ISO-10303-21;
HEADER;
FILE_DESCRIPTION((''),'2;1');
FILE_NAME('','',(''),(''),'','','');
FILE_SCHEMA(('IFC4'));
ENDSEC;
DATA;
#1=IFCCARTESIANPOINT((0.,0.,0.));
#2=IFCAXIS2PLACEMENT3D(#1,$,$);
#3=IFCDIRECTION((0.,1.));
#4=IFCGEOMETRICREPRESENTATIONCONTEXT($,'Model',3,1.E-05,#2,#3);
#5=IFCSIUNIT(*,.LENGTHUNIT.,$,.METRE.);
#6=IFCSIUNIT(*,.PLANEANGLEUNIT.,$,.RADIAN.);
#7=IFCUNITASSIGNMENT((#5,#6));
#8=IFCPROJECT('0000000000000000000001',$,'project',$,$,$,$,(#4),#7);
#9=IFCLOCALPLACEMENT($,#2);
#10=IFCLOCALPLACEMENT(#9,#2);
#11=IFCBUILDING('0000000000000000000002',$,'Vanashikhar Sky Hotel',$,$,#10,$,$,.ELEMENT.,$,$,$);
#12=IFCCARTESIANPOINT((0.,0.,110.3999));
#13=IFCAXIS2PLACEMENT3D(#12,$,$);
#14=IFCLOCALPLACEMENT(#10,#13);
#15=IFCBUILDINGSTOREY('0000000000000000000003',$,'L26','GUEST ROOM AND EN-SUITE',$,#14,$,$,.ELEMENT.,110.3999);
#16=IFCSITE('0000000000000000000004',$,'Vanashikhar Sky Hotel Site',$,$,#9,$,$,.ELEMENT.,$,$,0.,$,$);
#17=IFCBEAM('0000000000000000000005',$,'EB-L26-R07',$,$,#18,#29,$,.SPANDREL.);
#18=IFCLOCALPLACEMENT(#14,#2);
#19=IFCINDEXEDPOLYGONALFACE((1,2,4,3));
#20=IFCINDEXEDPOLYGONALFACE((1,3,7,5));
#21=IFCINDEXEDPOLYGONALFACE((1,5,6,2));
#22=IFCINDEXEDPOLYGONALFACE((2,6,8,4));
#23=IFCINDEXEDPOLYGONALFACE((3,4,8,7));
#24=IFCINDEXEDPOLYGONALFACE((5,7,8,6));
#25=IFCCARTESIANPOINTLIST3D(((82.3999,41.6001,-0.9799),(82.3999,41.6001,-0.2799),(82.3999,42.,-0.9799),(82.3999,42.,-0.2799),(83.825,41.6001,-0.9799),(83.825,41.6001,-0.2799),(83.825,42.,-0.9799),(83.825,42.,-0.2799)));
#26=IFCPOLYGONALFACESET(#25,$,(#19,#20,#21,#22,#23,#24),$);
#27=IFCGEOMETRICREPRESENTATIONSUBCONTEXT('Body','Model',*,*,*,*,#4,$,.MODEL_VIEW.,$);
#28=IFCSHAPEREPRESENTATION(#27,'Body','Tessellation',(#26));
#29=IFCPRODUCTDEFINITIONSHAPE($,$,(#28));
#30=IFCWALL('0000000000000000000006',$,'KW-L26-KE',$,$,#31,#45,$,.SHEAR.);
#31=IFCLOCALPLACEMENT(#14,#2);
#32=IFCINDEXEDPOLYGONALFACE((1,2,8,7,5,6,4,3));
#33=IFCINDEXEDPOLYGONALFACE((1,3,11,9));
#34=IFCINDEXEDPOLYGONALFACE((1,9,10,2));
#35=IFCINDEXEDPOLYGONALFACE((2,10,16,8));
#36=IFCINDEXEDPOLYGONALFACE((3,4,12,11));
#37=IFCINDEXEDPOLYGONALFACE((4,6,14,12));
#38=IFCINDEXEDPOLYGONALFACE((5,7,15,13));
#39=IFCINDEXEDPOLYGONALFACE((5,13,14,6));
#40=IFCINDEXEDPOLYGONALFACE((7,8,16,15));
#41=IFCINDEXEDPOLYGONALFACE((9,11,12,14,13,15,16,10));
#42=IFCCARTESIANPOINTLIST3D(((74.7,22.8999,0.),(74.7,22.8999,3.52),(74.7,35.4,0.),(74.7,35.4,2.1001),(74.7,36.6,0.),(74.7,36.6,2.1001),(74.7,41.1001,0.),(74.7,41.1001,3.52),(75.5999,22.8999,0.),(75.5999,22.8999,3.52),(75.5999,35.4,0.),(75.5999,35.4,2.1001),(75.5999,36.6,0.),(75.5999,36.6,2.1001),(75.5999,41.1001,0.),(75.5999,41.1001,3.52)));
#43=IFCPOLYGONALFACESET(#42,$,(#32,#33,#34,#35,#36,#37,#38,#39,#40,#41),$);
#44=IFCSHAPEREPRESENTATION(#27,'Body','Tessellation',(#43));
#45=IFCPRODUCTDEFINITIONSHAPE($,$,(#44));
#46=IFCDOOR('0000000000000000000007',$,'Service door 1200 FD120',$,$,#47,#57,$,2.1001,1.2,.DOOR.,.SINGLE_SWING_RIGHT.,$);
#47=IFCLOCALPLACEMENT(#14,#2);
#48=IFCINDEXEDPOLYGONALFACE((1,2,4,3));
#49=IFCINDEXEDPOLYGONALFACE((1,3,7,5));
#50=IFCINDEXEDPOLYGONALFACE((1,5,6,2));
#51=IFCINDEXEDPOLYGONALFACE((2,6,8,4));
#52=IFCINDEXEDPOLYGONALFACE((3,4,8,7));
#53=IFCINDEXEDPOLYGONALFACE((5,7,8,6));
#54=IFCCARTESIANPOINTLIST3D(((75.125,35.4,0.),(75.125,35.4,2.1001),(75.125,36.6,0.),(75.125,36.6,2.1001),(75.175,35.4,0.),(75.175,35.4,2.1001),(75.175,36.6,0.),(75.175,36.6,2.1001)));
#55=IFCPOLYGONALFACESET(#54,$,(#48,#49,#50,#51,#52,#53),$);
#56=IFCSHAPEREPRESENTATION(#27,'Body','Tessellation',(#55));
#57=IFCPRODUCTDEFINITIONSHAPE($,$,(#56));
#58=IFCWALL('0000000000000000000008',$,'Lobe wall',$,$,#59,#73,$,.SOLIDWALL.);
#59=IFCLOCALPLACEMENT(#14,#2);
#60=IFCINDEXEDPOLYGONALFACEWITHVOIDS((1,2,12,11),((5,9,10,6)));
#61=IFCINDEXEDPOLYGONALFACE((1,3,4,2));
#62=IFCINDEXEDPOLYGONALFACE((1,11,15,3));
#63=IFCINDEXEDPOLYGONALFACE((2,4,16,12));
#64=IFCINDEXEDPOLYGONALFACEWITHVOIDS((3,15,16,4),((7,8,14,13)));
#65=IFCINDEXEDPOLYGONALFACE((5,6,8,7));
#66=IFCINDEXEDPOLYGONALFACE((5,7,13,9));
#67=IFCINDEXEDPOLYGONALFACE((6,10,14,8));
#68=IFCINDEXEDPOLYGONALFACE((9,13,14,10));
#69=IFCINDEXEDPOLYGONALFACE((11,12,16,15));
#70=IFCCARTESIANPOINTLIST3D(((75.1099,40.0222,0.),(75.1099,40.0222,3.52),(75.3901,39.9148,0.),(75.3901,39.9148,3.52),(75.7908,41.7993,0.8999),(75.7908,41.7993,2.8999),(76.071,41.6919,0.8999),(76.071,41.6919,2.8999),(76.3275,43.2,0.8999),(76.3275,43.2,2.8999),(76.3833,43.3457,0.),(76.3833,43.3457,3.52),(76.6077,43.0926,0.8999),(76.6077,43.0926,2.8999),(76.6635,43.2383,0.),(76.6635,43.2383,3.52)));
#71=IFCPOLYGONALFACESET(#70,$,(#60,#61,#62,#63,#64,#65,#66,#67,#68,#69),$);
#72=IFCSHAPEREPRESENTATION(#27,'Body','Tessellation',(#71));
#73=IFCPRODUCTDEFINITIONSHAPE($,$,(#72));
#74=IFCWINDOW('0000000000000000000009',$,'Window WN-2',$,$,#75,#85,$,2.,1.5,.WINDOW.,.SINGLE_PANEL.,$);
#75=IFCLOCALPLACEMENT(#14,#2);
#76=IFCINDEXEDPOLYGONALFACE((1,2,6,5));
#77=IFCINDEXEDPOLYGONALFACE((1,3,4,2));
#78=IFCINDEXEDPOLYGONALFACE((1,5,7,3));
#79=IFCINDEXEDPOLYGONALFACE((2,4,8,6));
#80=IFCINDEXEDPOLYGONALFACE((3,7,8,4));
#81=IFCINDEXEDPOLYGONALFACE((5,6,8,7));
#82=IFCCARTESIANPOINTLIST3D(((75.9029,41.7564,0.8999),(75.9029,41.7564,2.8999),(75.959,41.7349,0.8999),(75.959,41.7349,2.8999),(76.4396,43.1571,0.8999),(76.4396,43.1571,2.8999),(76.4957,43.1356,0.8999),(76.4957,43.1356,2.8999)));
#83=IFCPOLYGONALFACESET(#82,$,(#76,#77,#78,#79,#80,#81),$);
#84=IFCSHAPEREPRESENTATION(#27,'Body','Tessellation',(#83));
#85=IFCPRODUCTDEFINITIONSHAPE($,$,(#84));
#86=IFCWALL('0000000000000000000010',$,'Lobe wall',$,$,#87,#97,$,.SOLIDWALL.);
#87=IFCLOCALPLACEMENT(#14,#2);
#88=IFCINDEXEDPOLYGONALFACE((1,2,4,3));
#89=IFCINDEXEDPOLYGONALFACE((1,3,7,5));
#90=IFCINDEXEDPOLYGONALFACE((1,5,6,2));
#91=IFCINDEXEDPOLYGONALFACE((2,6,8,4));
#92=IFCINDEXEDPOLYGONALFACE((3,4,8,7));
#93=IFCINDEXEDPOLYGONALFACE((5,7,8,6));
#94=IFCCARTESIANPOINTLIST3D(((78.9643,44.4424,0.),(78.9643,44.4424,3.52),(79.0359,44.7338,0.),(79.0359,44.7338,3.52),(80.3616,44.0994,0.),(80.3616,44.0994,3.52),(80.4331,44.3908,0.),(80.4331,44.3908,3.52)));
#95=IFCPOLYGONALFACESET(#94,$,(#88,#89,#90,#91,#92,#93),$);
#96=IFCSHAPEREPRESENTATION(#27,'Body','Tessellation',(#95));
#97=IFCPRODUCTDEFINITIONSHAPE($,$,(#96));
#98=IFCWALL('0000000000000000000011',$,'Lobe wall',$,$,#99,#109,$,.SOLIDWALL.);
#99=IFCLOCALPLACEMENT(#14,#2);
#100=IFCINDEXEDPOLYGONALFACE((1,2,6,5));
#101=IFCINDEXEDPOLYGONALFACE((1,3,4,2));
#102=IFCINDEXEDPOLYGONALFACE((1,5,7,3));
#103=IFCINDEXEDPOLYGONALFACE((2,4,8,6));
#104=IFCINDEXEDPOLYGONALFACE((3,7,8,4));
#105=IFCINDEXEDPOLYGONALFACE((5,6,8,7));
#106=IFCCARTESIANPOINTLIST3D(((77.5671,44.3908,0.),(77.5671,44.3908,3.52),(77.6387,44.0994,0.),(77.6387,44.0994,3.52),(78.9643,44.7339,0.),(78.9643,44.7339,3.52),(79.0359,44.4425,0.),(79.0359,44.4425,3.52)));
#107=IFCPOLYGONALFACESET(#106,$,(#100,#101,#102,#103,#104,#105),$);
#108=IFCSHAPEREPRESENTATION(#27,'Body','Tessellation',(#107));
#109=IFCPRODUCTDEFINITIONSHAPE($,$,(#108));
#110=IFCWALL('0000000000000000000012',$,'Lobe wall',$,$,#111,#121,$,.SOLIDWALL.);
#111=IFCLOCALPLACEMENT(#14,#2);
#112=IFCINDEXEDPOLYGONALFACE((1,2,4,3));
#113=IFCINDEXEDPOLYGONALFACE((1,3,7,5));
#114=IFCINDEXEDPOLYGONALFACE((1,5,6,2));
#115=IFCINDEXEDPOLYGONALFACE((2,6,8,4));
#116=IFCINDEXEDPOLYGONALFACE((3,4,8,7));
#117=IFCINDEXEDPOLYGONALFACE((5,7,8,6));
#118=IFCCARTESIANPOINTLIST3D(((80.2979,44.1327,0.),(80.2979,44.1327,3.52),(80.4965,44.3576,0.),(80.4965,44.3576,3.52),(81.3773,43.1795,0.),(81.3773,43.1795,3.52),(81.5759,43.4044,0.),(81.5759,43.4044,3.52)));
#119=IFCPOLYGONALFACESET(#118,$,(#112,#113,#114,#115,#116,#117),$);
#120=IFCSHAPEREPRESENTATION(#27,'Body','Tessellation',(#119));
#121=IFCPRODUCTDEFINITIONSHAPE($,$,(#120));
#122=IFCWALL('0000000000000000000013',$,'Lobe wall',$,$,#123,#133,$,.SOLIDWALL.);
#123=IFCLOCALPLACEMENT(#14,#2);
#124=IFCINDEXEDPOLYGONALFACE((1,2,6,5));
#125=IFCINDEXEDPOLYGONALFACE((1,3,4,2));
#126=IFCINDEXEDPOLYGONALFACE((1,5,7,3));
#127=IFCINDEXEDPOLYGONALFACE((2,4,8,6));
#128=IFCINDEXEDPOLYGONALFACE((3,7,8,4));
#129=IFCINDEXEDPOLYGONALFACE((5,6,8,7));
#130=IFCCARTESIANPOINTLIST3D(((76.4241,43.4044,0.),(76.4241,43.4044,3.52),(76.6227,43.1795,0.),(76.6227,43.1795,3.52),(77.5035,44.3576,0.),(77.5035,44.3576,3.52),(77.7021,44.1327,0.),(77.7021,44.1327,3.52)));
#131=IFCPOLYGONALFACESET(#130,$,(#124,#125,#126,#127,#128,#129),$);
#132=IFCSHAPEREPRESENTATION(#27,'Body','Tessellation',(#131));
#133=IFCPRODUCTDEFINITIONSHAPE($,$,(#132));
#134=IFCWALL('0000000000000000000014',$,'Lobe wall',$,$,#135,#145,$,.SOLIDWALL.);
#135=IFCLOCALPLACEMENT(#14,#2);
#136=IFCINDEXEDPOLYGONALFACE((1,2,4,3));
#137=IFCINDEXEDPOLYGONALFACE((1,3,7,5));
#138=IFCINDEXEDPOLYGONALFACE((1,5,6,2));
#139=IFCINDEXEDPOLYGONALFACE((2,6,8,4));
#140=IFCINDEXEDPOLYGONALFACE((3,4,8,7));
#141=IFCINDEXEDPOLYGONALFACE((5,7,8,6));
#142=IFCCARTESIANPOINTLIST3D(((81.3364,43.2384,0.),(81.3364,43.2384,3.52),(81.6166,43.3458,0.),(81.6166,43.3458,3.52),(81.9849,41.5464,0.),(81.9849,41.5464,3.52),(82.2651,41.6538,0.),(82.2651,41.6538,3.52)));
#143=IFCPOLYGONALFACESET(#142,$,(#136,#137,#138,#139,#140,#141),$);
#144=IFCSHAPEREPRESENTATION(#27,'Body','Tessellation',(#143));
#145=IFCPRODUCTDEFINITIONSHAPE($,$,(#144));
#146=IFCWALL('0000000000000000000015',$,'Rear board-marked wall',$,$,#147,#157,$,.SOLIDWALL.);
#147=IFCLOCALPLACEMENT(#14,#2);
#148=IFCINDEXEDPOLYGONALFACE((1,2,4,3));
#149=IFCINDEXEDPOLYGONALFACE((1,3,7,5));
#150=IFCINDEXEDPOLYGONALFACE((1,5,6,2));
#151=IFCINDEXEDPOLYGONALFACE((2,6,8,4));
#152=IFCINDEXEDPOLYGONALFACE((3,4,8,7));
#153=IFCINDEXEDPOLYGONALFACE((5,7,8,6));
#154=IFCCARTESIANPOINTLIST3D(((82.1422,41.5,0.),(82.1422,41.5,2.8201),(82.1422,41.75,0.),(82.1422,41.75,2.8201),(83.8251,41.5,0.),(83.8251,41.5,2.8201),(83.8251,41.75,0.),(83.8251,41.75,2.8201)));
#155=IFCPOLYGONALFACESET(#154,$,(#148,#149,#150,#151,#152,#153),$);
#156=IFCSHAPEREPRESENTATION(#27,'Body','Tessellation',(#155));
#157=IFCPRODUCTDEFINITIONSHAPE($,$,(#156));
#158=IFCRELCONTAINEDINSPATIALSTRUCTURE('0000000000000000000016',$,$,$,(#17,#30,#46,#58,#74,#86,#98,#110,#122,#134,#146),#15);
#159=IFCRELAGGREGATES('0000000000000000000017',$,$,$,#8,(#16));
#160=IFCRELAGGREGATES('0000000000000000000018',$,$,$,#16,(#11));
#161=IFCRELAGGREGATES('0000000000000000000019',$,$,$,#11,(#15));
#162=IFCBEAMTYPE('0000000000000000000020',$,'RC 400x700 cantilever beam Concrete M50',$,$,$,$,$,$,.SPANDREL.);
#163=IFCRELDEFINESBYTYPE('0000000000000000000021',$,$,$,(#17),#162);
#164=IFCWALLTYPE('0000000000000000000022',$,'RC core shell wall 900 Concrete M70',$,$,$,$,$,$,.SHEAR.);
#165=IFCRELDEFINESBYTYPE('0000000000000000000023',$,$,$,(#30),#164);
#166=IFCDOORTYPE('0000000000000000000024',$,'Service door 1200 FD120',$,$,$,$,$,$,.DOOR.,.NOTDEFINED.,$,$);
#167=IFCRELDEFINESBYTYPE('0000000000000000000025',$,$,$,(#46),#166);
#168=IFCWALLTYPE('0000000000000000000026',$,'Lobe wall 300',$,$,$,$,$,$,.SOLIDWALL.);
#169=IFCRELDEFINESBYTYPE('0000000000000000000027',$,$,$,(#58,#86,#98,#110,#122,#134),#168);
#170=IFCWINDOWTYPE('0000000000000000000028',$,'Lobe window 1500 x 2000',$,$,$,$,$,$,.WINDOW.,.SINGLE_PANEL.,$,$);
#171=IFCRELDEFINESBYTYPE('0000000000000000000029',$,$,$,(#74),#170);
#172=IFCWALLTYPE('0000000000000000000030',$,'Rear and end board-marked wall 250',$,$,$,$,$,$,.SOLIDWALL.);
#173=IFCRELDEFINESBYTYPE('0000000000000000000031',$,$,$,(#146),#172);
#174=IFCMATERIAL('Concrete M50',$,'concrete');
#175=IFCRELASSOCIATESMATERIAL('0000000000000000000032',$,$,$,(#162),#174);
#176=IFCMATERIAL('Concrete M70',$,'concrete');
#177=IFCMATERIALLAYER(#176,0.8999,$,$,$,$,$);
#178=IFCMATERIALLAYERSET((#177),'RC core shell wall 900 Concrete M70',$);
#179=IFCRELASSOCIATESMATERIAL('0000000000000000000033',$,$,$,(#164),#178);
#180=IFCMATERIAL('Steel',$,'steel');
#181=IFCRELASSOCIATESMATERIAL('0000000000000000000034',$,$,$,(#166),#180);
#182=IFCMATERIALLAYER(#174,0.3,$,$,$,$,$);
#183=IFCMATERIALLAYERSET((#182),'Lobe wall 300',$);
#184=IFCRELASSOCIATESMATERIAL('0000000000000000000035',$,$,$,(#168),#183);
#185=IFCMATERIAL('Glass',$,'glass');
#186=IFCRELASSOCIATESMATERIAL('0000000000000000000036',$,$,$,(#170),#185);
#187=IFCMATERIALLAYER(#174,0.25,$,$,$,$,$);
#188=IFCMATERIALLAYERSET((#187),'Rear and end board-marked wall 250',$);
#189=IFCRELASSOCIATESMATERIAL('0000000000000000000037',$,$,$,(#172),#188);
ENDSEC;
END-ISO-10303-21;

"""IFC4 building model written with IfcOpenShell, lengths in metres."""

from ifc_helpers import new_model, si_unit, direction, frame, frame_2d, origin, origin_2d, place, context, subcontext, project, spatial, rectangle, extrude, source, transform, mapped, material, layer, layer_set, material_profile, profile_set, type_object, element, fill, save


model = new_model("IFC4")

# Units and contexts
model_context = context("Model", 3, precision=1e-05, world=origin(), true_north=direction((0.0, 1.0)))
body_context = subcontext(model_context, "Body", "Model", "MODEL_VIEW")
ifc_project = project(units=[si_unit("LENGTHUNIT", "METRE"), si_unit("PLANEANGLEUNIT", "RADIAN")], contexts=[model_context])

# Site, building, storey
site_placement = place(None, origin())
site = spatial("IfcSite", under=ifc_project, at=site_placement, Name="Vanashikhar Sky Hotel Site", CompositionType="ELEMENT", RefElevation=0.0)
building_placement = place(site_placement, origin())
building = spatial("IfcBuilding", under=site, at=building_placement, Name="Vanashikhar Sky Hotel", CompositionType="ELEMENT")
storey_placement = place(building_placement, frame((0.0, 0.0, 110.3999)))
storey = spatial("IfcBuildingStorey", under=building, at=storey_placement, Name="L26", Description="GUEST ROOM AND EN-SUITE", CompositionType="ELEMENT", Elevation=110.3999)

# Beam
ifc_material_1 = material(Name="Concrete M50", Category="concrete")
ifc_material_profile_1 = material_profile(ifc_material_1, rectangle(XDim=0.3999, YDim=0.7, at=origin_2d()))
ifc_profile_set_1 = profile_set([ifc_material_profile_1], Name="RC 400x700 cantilever beam Concrete M50")
beam_type = type_object("IfcBeamType", Name="RC 400x700 cantilever beam Concrete M50", PredefinedType="SPANDREL", material=ifc_profile_set_1)
shared_shape_1 = source(origin(), body_context, "Body", "SweptSolid", [
    extrude(rectangle(XDim=0.3999, YDim=0.7, at=origin_2d()), origin(), (0.0, 0.0, 1.0), 1.425),
])
beam_placement = place(storey_placement, frame((82.3999, 41.8, -0.6299), z_axis=(1.0, 0.0, 0.0), x_axis=(0.0, 1.0, 0.0)))
element("IfcBeam", 1, at=beam_placement, inside=storey, type_object=beam_type, Name="EB-L26-R07", PredefinedType="SPANDREL", context=body_context, shape_type="MappedRepresentation", body=[
    mapped(shared_shape_1, transform((0.0, 0.0, 0.0), scale=1.0)),
])

# Wall, opening, door
ifc_material_2 = material(Name="Concrete M70", Category="concrete")
ifc_layer_1 = layer(ifc_material_2, 0.8999)
ifc_layer_set_1 = layer_set([ifc_layer_1], Name="RC core shell wall 900 Concrete M70")
wall_type_1 = type_object("IfcWallType", Name="RC core shell wall 900 Concrete M70", PredefinedType="SHEAR", material=ifc_layer_set_1)
shared_shape_2 = source(origin(), body_context, "Body", "SweptSolid", [
    extrude(rectangle(XDim=18.2002, YDim=0.8999, at=frame_2d((9.1001, 0.0))), origin(), (0.0, 0.0, 1.0), 3.52),
])
wall_1_placement = place(storey_placement, frame((75.1499, 22.8999, 0.0), z_axis=(0.0, 0.0, 1.0), x_axis=(0.0, 1.0, 0.0)))
wall_1 = element("IfcWall", 2, at=wall_1_placement, inside=storey, type_object=wall_type_1, Name="KW-L26-KE", PredefinedType="SHEAR", context=body_context, shape_type="MappedRepresentation", body=[
    mapped(shared_shape_2, transform((0.0, 0.0, 0.0), scale=1.0)),
])
shared_shape_3 = source(origin(), body_context, "Body", "SweptSolid", [
    extrude(rectangle(XDim=1.2, YDim=2.1001, at=frame_2d((0.6001, 1.05))), frame((0.0, 0.46, 0.0), z_axis=(0.0, -1.0, 0.0), x_axis=(1.0, 0.0, 0.0)), (0.0, 0.0, 1.0), 0.9199),
])
opening_1_placement = place(wall_1_placement, frame((12.5, 0.0, 0.0)))
opening_1 = element("IfcOpeningElement", 3, at=opening_1_placement, cuts=wall_1, PredefinedType="OPENING", context=body_context, shape_type="MappedRepresentation", body=[
    mapped(shared_shape_3, transform((0.0, 0.0, 0.0), scale=1.0)),
])
ifc_material_3 = material(Name="Steel", Category="steel")
door_type_1 = type_object("IfcDoorType", Name="Service door 1200 FD120", OperationType="NOTDEFINED", PredefinedType="DOOR", material=ifc_material_3)
shared_shape_4 = source(origin(), body_context, "Body", "SweptSolid", [
    extrude(rectangle(XDim=1.2, YDim=2.1001, at=frame_2d((0.6001, 1.05))), frame((0.0, 0.0249, 0.0), z_axis=(0.0, -1.0, 0.0), x_axis=(1.0, 0.0, 0.0)), (0.0, 0.0, 1.0), 0.05),
])
door_1_placement = place(opening_1_placement, origin())
door_1 = element("IfcDoor", 4, at=door_1_placement, inside=storey, type_object=door_type_1, Name="Service door 1200 FD120", OperationType="SINGLE_SWING_RIGHT", OverallHeight=2.1001, OverallWidth=1.2, PredefinedType="DOOR", context=body_context, shape_type="MappedRepresentation", body=[
    mapped(shared_shape_4, transform((0.0, 0.0, 0.0), scale=1.0)),
])
fill(opening_1, door_1)

# Wall, opening, window
ifc_layer_2 = layer(ifc_material_1, 0.3)
ifc_layer_set_2 = layer_set([ifc_layer_2], Name="Lobe wall 300")
wall_type_2 = type_object("IfcWallType", Name="Lobe wall 300", PredefinedType="SOLIDWALL", material=ifc_layer_set_2)
shared_shape_5 = source(origin(), body_context, "Body", "SweptSolid", [
    extrude(rectangle(XDim=3.5591, YDim=0.3, at=frame_2d((1.7795, 0.0))), origin(), (0.0, 0.0, 1.0), 3.52),
])
wall_2_placement = place(storey_placement, frame((76.5234, 43.292, 0.0), z_axis=(0.0, 0.0, 1.0), x_axis=(-0.357797, -0.933799, 0.0)))
wall_2 = element("IfcWall", 5, at=wall_2_placement, inside=storey, type_object=wall_type_2, Name="Lobe wall", PredefinedType="SOLIDWALL", context=body_context, shape_type="MappedRepresentation", body=[
    mapped(shared_shape_5, transform((0.0, 0.0, 0.0), scale=1.0)),
])
shared_shape_6 = source(origin(), body_context, "Body", "SweptSolid", [
    extrude(rectangle(XDim=1.5, YDim=2.0, at=frame_2d((0.75, 1.0))), frame((0.0, 0.1602, 0.0), z_axis=(0.0, -1.0, 0.0), x_axis=(1.0, 0.0, 0.0)), (0.0, 0.0, 1.0), 0.3201),
])
opening_2_placement = place(wall_2_placement, frame((0.156, 0.0, 0.8999)))
opening_2 = element("IfcOpeningElement", 6, at=opening_2_placement, cuts=wall_2, PredefinedType="OPENING", context=body_context, shape_type="MappedRepresentation", body=[
    mapped(shared_shape_6, transform((0.0, 0.0, 0.0), scale=1.0)),
])
ifc_material_4 = material(Name="Glass", Category="glass")
window_type = type_object("IfcWindowType", Name="Lobe window 1500 x 2000", PartitioningType="SINGLE_PANEL", PredefinedType="WINDOW", material=ifc_material_4)
shared_shape_7 = source(origin(), body_context, "Body", "SweptSolid", [
    extrude(rectangle(XDim=1.5, YDim=2.0, at=frame_2d((0.75, 1.0))), frame((0.0, 0.03, 0.0), z_axis=(0.0, -1.0, 0.0), x_axis=(1.0, 0.0, 0.0)), (0.0, 0.0, 1.0), 0.0601),
])
window_placement = place(opening_2_placement, origin())
window = element("IfcWindow", 7, at=window_placement, inside=storey, type_object=window_type, Name="Window WN-2", OverallHeight=2.0, OverallWidth=1.5, PartitioningType="SINGLE_PANEL", PredefinedType="WINDOW", context=body_context, shape_type="MappedRepresentation", body=[
    mapped(shared_shape_7, transform((0.0, 0.0, 0.0), scale=1.0)),
])
fill(opening_2, window)

# Walls
shared_shape_8 = source(origin(), body_context, "Body", "SweptSolid", [
    extrude(rectangle(XDim=1.4387, YDim=0.3, at=frame_2d((0.7192, 0.0))), origin(), (0.0, 0.0, 1.0), 3.52),
])
for number, where, z_axis, x_axis, name in (
    (8, (80.3972, 44.2451, 0.0), (0.0, 0.0, 1.0), (-0.971162, 0.238421, 0.0), "Lobe wall"),
    (9, (79.0, 44.5881, 0.0), (0.0, 0.0, 1.0), (-0.971162, -0.238421, 0.0), "Lobe wall"),
):
    element("IfcWall", number, at=place(storey_placement, frame(where, z_axis=z_axis, x_axis=x_axis)), inside=storey, type_object=wall_type_2, Name=name, PredefinedType="SOLIDWALL", context=body_context, shape_type="MappedRepresentation", body=[
        mapped(shared_shape_8, transform((0.0, 0.0, 0.0), scale=1.0)),
    ])
shared_shape_9 = source(origin(), body_context, "Body", "SweptSolid", [
    extrude(rectangle(XDim=1.4399, YDim=0.3, at=frame_2d((0.72, 0.0))), origin(), (0.0, 0.0, 1.0), 3.52),
])
for number, where, z_axis, x_axis, name in (
    (10, (81.4766, 43.292, 0.0), (0.0, 0.0, 1.0), (-0.749576, 0.661919, 0.0), "Lobe wall"),
    (11, (77.6028, 44.2451, 0.0), (0.0, 0.0, 1.0), (-0.749576, -0.661919, 0.0), "Lobe wall"),
):
    element("IfcWall", number, at=place(storey_placement, frame(where, z_axis=z_axis, x_axis=x_axis)), inside=storey, type_object=wall_type_2, Name=name, PredefinedType="SOLIDWALL", context=body_context, shape_type="MappedRepresentation", body=[
        mapped(shared_shape_9, transform((0.0, 0.0, 0.0), scale=1.0)),
    ])
shared_shape_10 = source(origin(), body_context, "Body", "SweptSolid", [
    extrude(rectangle(XDim=1.812, YDim=0.3, at=frame_2d((0.906, 0.0))), origin(), (0.0, 0.0, 1.0), 3.52),
])
wall_3_placement = place(storey_placement, frame((82.125, 41.6001, 0.0), z_axis=(0.0, 0.0, 1.0), x_axis=(-0.357877, 0.933769, 0.0)))
element("IfcWall", 12, at=wall_3_placement, inside=storey, type_object=wall_type_2, Name="Lobe wall", PredefinedType="SOLIDWALL", context=body_context, shape_type="MappedRepresentation", body=[
    mapped(shared_shape_10, transform((0.0, 0.0, 0.0), scale=1.0)),
])
ifc_layer_3 = layer(ifc_material_1, 0.25)
ifc_layer_set_3 = layer_set([ifc_layer_3], Name="Rear and end board-marked wall 250")
wall_type_3 = type_object("IfcWallType", Name="Rear and end board-marked wall 250", PredefinedType="SOLIDWALL", material=ifc_layer_set_3)
shared_shape_11 = source(origin(), body_context, "Body", "SweptSolid", [
    extrude(rectangle(XDim=1.6829, YDim=0.25, at=frame_2d((0.8413, 0.0))), origin(), (0.0, 0.0, 1.0), 2.8201),
])
wall_4_placement = place(storey_placement, frame((83.825, 41.625, 0.0), z_axis=(0.0, 0.0, 1.0), x_axis=(-1.0, 0.0, 0.0)))
element("IfcWall", 13, at=wall_4_placement, inside=storey, type_object=wall_type_3, Name="Rear board-marked wall", PredefinedType="SOLIDWALL", context=body_context, shape_type="MappedRepresentation", body=[
    mapped(shared_shape_11, transform((0.0, 0.0, 0.0), scale=1.0)),
])

save(model, "model.ifc")
